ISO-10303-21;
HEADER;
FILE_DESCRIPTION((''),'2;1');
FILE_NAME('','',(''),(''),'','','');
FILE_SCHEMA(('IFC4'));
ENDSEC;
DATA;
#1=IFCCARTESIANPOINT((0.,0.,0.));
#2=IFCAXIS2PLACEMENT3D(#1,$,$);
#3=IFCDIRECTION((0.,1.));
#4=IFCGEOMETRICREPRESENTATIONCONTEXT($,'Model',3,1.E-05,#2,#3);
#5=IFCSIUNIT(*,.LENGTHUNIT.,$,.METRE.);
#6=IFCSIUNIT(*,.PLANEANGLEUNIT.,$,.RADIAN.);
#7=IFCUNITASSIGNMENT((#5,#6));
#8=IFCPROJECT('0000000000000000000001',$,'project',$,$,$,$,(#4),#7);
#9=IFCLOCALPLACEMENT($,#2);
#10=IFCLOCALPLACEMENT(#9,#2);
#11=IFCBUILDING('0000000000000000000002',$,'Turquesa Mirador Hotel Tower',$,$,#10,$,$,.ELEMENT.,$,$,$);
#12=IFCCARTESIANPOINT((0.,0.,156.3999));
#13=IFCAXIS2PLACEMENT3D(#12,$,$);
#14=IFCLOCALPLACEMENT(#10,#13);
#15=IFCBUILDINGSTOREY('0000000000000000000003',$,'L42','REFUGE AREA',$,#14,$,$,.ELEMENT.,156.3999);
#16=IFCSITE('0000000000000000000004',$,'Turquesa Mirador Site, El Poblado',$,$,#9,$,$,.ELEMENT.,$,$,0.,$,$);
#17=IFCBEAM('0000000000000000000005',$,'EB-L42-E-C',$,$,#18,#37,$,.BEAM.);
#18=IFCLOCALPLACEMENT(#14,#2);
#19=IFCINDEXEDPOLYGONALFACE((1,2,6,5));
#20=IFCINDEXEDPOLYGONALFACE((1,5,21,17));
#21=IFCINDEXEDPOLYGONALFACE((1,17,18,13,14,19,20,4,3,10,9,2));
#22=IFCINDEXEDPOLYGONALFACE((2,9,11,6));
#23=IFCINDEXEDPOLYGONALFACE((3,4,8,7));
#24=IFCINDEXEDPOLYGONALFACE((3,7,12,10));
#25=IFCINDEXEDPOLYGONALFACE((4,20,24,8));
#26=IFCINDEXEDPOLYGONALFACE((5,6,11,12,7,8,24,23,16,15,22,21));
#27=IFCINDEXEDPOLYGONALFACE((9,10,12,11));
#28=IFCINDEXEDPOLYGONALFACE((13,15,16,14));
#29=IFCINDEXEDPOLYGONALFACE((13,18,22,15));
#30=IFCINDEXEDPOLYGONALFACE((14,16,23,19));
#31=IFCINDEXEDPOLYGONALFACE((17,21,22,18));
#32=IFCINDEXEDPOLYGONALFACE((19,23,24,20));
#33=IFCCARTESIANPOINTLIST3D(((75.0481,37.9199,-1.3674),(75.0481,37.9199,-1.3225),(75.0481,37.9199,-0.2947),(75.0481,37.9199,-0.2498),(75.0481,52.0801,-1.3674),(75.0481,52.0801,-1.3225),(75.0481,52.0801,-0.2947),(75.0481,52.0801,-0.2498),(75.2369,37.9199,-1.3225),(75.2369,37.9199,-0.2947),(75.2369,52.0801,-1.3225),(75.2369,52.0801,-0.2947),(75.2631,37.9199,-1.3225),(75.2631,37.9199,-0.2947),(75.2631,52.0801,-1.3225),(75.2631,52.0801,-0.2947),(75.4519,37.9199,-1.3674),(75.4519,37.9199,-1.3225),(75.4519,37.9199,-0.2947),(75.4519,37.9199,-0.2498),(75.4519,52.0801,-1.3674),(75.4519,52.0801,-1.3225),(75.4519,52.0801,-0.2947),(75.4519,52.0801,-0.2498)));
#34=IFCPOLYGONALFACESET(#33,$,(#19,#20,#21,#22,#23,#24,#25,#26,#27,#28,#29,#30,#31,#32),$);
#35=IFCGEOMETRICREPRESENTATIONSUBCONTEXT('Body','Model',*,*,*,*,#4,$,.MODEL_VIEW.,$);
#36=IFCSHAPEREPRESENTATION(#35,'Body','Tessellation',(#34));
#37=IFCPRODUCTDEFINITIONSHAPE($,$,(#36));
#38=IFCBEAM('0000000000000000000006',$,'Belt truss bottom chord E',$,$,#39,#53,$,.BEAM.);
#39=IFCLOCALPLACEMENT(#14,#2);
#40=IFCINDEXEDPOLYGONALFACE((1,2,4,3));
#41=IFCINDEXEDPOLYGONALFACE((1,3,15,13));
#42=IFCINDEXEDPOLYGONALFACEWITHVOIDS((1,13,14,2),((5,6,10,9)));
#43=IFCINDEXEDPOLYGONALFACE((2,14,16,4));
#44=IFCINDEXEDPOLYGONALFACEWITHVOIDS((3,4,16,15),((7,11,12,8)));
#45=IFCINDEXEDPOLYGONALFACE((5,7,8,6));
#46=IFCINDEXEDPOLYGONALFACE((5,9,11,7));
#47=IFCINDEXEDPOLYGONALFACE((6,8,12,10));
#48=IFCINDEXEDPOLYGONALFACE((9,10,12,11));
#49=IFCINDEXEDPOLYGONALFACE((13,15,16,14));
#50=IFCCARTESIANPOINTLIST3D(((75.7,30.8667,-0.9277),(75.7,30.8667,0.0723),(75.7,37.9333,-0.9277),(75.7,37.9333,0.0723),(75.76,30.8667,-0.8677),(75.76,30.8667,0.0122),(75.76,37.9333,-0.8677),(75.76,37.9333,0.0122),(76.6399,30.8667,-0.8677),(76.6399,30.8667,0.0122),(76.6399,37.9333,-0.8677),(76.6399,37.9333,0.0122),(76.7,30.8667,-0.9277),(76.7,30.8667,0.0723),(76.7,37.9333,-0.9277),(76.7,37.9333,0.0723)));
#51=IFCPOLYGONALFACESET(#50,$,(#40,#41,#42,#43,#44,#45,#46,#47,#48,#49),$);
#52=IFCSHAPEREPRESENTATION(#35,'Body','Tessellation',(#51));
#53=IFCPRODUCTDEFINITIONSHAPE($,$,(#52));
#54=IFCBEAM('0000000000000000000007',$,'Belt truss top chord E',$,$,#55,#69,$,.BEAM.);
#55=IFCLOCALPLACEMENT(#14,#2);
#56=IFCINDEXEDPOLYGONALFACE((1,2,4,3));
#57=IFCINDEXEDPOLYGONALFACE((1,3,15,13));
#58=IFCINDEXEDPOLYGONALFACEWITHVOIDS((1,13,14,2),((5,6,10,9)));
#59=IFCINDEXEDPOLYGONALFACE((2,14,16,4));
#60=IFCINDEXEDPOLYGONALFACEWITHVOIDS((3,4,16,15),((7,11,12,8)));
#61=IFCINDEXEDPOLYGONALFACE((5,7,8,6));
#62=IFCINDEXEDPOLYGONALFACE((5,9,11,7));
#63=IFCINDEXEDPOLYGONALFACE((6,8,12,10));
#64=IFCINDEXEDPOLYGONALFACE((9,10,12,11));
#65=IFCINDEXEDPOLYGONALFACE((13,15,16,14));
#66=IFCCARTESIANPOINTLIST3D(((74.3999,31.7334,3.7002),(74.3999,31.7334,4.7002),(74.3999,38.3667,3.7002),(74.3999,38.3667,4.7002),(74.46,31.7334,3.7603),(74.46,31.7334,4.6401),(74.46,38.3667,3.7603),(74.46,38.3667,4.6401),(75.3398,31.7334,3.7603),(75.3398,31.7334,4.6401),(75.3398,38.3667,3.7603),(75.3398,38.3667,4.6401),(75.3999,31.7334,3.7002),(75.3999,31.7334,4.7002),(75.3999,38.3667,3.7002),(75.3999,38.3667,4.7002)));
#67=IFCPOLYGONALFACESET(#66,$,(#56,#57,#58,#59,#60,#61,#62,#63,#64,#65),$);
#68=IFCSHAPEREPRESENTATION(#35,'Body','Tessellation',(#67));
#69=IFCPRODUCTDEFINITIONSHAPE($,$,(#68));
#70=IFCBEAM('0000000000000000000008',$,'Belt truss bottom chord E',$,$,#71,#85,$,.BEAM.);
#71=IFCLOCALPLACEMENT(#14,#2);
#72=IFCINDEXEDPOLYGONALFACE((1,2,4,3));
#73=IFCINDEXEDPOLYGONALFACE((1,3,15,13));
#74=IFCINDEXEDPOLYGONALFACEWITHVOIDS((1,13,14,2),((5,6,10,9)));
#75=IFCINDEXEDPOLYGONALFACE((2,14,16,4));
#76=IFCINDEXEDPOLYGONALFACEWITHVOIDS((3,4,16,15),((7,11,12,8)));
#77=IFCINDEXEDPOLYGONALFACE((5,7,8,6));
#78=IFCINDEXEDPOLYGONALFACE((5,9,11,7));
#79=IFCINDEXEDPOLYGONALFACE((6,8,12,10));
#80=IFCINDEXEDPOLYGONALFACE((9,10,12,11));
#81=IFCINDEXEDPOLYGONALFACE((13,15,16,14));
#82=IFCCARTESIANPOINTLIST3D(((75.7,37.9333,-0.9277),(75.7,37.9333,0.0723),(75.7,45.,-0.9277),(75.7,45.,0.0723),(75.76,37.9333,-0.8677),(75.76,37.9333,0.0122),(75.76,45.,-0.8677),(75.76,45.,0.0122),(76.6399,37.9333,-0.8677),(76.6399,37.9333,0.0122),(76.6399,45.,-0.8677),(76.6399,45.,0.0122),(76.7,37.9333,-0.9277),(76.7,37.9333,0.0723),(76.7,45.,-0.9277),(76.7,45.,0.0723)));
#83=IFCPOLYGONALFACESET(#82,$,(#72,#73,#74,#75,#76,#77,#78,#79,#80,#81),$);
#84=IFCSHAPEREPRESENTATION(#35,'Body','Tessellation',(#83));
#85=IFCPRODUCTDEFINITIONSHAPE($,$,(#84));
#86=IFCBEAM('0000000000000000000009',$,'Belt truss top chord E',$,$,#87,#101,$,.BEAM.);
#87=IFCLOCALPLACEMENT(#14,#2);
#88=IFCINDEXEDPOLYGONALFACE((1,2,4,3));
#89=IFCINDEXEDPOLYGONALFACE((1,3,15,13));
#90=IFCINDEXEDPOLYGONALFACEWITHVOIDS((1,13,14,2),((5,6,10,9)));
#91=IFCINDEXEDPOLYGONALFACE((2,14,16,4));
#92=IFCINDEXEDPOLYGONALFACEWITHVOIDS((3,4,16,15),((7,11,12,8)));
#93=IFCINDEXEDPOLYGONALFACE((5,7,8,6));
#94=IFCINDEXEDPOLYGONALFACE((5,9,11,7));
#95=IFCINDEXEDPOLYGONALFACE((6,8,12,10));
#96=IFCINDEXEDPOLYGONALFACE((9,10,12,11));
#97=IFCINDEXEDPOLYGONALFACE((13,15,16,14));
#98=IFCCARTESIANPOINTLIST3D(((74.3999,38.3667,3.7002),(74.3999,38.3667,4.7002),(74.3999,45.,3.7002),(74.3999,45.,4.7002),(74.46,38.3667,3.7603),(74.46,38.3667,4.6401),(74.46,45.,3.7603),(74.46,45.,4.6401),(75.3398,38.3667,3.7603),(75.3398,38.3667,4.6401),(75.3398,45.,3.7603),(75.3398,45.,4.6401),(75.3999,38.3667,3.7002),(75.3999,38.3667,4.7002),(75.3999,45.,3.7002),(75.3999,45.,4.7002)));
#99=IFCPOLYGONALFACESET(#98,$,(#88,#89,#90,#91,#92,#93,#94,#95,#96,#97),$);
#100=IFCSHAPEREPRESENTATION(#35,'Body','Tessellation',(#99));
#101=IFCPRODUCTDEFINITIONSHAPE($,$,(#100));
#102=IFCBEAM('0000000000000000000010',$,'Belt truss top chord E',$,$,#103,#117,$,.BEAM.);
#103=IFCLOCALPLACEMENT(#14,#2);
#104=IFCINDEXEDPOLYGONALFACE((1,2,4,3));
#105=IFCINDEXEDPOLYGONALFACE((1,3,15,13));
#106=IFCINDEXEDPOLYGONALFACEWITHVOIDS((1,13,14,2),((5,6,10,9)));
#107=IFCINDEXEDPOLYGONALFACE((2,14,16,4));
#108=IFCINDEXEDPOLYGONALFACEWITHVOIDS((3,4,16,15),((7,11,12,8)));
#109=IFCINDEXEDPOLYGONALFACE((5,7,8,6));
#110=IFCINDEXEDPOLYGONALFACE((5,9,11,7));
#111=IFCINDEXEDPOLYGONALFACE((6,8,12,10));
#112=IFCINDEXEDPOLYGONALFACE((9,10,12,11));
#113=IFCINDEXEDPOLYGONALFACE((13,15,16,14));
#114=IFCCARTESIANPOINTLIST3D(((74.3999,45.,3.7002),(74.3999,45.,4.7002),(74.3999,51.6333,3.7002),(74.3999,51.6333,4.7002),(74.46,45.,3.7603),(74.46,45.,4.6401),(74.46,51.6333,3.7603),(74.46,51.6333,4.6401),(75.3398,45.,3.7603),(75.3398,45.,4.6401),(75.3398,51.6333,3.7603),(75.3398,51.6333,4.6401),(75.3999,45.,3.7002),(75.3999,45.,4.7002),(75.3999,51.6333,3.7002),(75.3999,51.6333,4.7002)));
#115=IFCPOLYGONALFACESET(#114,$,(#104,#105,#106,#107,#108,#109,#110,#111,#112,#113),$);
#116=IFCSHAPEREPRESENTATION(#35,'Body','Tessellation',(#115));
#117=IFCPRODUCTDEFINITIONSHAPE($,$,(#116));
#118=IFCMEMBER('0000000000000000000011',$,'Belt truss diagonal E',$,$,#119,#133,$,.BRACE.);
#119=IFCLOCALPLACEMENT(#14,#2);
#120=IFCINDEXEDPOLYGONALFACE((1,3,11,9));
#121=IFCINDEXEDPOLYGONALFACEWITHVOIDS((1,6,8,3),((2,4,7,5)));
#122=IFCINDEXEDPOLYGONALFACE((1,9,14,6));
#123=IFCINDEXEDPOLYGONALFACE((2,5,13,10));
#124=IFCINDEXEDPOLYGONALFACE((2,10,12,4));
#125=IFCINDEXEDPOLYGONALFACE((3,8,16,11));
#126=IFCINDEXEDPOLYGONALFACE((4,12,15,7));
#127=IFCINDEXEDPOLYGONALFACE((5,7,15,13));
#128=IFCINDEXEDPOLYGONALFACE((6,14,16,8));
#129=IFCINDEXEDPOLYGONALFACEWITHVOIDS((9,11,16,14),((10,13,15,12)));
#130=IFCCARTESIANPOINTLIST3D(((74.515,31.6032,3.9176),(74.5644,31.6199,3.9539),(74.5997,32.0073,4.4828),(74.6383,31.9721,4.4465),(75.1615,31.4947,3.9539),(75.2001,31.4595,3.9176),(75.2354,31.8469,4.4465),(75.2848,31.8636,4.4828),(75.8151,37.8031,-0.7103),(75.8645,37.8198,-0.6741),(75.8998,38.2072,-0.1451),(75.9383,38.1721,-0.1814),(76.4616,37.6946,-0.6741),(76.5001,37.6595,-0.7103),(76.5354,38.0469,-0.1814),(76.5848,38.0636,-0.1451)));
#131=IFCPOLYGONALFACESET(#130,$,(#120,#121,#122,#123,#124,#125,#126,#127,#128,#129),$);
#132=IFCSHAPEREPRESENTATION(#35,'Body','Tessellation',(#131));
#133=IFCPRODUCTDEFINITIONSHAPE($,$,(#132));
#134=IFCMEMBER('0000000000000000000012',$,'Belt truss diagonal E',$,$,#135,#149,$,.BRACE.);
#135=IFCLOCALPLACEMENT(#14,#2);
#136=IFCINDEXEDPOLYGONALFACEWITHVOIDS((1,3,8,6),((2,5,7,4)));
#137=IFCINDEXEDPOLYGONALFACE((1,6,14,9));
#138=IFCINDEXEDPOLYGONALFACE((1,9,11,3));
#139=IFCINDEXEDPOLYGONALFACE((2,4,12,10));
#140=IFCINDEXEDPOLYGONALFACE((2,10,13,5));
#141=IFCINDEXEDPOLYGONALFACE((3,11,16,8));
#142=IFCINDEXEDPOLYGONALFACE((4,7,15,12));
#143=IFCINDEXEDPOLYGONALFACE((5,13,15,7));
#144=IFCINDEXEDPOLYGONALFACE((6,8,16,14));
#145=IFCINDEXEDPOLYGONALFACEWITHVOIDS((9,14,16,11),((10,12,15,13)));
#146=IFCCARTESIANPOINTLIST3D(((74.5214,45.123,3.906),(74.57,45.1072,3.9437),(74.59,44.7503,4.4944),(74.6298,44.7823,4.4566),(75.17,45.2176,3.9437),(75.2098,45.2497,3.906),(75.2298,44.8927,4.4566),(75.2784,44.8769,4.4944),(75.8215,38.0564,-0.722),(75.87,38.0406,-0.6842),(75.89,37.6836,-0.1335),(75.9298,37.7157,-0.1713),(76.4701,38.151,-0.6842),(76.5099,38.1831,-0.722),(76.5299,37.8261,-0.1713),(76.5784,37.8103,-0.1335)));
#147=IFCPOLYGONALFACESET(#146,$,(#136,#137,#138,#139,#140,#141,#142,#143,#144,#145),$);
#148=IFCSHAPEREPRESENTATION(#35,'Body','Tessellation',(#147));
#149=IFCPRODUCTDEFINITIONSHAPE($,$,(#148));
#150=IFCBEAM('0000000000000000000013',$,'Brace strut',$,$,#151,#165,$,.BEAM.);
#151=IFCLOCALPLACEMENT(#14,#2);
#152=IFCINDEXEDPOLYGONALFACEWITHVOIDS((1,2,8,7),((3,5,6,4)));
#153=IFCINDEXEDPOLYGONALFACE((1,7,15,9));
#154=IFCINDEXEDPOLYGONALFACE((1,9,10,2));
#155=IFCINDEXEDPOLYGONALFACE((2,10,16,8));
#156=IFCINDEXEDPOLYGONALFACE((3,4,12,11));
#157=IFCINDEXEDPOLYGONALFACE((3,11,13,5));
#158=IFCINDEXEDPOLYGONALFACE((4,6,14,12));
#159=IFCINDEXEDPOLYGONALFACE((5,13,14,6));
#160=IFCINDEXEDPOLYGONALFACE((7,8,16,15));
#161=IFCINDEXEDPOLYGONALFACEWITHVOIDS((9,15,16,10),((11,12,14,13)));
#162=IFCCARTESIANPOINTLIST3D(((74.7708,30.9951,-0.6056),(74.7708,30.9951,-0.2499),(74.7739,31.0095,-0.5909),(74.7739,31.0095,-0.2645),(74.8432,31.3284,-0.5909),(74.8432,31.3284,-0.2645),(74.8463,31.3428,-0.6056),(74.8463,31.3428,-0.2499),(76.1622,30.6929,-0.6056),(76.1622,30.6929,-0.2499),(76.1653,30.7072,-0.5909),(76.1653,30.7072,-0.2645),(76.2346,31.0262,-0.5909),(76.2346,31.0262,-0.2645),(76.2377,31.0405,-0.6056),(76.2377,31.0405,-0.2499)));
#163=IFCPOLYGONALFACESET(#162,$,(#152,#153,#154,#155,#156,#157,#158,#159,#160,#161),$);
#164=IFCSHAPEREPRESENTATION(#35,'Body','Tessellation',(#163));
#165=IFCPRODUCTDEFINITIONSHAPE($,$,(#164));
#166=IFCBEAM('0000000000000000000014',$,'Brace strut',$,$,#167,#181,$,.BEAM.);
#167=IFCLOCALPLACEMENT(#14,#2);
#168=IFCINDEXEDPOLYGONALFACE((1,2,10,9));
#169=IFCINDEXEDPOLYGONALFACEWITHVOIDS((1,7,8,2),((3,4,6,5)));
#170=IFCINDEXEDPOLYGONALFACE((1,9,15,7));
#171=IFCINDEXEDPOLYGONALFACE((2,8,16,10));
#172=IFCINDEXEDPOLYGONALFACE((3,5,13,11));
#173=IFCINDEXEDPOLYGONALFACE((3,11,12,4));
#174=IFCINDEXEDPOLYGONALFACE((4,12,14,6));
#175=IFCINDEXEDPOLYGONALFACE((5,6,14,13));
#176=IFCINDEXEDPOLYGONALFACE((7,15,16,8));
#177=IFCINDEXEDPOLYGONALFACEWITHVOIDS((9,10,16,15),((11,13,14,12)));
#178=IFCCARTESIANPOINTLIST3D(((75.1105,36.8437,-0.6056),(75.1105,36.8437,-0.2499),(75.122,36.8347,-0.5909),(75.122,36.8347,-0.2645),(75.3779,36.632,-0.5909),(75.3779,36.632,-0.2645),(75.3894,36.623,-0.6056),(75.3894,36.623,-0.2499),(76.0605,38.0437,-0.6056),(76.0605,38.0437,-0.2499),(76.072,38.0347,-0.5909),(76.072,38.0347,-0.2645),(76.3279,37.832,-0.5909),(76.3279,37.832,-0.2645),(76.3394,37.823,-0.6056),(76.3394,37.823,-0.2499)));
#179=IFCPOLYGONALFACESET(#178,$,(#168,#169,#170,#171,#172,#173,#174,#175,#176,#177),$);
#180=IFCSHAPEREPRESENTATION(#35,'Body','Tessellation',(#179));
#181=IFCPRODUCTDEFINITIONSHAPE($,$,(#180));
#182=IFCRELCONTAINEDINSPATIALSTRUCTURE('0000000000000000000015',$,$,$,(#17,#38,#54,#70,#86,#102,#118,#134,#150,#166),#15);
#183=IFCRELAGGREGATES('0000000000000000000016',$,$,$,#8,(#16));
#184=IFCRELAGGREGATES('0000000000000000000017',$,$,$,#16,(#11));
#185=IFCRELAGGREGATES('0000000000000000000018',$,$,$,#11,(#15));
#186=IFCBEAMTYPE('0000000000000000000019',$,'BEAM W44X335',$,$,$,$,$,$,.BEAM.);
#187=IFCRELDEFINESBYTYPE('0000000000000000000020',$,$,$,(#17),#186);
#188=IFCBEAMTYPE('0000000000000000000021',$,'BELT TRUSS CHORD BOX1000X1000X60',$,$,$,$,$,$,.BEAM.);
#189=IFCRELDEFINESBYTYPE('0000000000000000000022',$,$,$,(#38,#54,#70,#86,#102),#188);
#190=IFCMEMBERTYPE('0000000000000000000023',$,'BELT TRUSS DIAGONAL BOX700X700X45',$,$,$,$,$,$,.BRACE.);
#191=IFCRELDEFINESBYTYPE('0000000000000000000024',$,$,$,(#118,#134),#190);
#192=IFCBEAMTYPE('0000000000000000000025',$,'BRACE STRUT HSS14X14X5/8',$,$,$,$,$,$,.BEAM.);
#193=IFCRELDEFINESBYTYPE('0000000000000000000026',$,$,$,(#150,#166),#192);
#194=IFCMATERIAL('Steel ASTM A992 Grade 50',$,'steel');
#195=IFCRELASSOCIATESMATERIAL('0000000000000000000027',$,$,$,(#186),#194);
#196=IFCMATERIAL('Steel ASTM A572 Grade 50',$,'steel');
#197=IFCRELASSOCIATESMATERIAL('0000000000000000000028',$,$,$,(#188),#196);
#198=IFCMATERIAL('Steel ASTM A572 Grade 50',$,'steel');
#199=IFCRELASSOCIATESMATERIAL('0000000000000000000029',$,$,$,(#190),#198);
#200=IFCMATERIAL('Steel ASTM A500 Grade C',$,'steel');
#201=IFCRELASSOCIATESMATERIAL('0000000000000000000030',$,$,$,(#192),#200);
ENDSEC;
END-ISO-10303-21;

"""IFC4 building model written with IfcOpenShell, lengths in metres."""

from ifc_helpers import new_model, si_unit, direction, frame, origin, origin_2d, place, context, subcontext, project, spatial, hollow_rectangle, i_section, extrude, material, material_profile, profile_set, type_object, element, save


model = new_model("IFC4")

# Units and contexts
model_context = context("Model", 3, precision=1e-05, world=origin(), true_north=direction((0.0, 1.0)))
body_context = subcontext(model_context, "Body", "Model", "MODEL_VIEW")
ifc_project = project(units=[si_unit("LENGTHUNIT", "METRE"), si_unit("PLANEANGLEUNIT", "RADIAN")], contexts=[model_context])

# Site, building, storey
site_placement = place(None, origin())
site = spatial("IfcSite", under=ifc_project, at=site_placement, Name="Turquesa Mirador Site, El Poblado", CompositionType="ELEMENT", RefElevation=0.0)
building_placement = place(site_placement, origin())
building = spatial("IfcBuilding", under=site, at=building_placement, Name="Turquesa Mirador Hotel Tower", CompositionType="ELEMENT")
storey_placement = place(building_placement, frame((0.0, 0.0, 156.3999)))
storey = spatial("IfcBuildingStorey", under=building, at=storey_placement, Name="L42", Description="REFUGE AREA", CompositionType="ELEMENT", Elevation=156.3999)

# Beams
ifc_material_1 = material(Name="Steel ASTM A992 Grade 50", Category="steel")
ifc_material_profile_1 = material_profile(ifc_material_1, i_section(OverallWidth=0.4038, OverallDepth=1.1177, WebThickness=0.0261, FlangeThickness=0.0449, at=origin_2d()), Name="W44X335")
ifc_profile_set_1 = profile_set([ifc_material_profile_1], Name="Steel ASTM A992 Grade 50")
beam_type_1 = type_object("IfcBeamType", Name="BEAM W44X335", PredefinedType="BEAM", material=ifc_profile_set_1)
beam_1_placement = place(storey_placement, frame((75.25, 37.9199, -0.8086), z_axis=(0.0, 1.0, 0.0), x_axis=(-1.0, 0.0, 0.0)))
element("IfcBeam", 1, at=beam_1_placement, inside=storey, type_object=beam_type_1, Name="EB-L42-E-C", PredefinedType="BEAM", context=body_context, shape_type="SweptSolid", body=[
    extrude(i_section(OverallWidth=0.4038, OverallDepth=1.1177, WebThickness=0.0261, FlangeThickness=0.0449, at=origin_2d()), origin(), (0.0, 0.0, 1.0), 14.1602),
])
ifc_material_2 = material(Name="Steel ASTM A572 Grade 50", Category="steel")
ifc_material_profile_2 = material_profile(ifc_material_2, hollow_rectangle(XDim=1.0, YDim=1.0, WallThickness=0.0601, at=origin_2d()), Name="BOX1000X1000X60")
ifc_profile_set_2 = profile_set([ifc_material_profile_2], Name="Steel ASTM A572 Grade 50")
beam_type_2 = type_object("IfcBeamType", Name="BELT TRUSS CHORD BOX1000X1000X60", PredefinedType="BEAM", material=ifc_profile_set_2)
beam_2_placement = place(storey_placement, frame((76.2, 30.8667, -0.4277), z_axis=(0.0, 1.0, 0.0), x_axis=(-1.0, 0.0, 0.0)))
element("IfcBeam", 2, at=beam_2_placement, inside=storey, type_object=beam_type_2, Name="Belt truss bottom chord E", PredefinedType="BEAM", context=body_context, shape_type="SweptSolid", body=[
    extrude(hollow_rectangle(XDim=1.0, YDim=1.0, WallThickness=0.0601, at=origin_2d()), origin(), (0.0, 0.0, 1.0), 7.0667),
])
beam_3_placement = place(storey_placement, frame((74.8999, 31.7334, 4.2002), z_axis=(0.0, 1.0, 0.0), x_axis=(-1.0, 0.0, 0.0)))
element("IfcBeam", 3, at=beam_3_placement, inside=storey, type_object=beam_type_2, Name="Belt truss top chord E", PredefinedType="BEAM", context=body_context, shape_type="SweptSolid", body=[
    extrude(hollow_rectangle(XDim=1.0, YDim=1.0, WallThickness=0.0601, at=origin_2d()), origin(), (0.0, 0.0, 1.0), 6.6333),
])
beam_4_placement = place(storey_placement, frame((76.2, 37.9333, -0.4277), z_axis=(0.0, 1.0, 0.0), x_axis=(-1.0, 0.0, 0.0)))
element("IfcBeam", 4, at=beam_4_placement, inside=storey, type_object=beam_type_2, Name="Belt truss bottom chord E", PredefinedType="BEAM", context=body_context, shape_type="SweptSolid", body=[
    extrude(hollow_rectangle(XDim=1.0, YDim=1.0, WallThickness=0.0601, at=origin_2d()), origin(), (0.0, 0.0, 1.0), 7.0667),
])
for number, where, z_axis, x_axis, name in (
    (5, (74.8999, 38.3667, 4.2002), (0.0, 1.0, 0.0), (-1.0, 0.0, 0.0), "Belt truss top chord E"),
    (6, (74.8999, 45.0, 4.2002), (0.0, 1.0, 0.0), (-1.0, 0.0, 0.0), "Belt truss top chord E"),
):
    element("IfcBeam", number, at=place(storey_placement, frame(where, z_axis=z_axis, x_axis=x_axis)), inside=storey, type_object=beam_type_2, Name=name, PredefinedType="BEAM", context=body_context, shape_type="SweptSolid", body=[
        extrude(hollow_rectangle(XDim=1.0, YDim=1.0, WallThickness=0.0601, at=origin_2d()), origin(), (0.0, 0.0, 1.0), 6.6333),
    ])

# Members
ifc_material_3 = material(Name="Steel ASTM A572 Grade 50", Category="steel")
ifc_material_profile_3 = material_profile(ifc_material_3, hollow_rectangle(XDim=0.7, YDim=0.7, WallThickness=0.0449, at=origin_2d()), Name="BOX700X700X45")
ifc_profile_set_3 = profile_set([ifc_material_profile_3], Name="Steel ASTM A572 Grade 50")
member_type = type_object("IfcMemberType", Name="BELT TRUSS DIAGONAL BOX700X700X45", PredefinedType="BRACE", material=ifc_profile_set_3)
member_1_placement = place(storey_placement, frame((74.8999, 31.7334, 4.2002), z_axis=(0.165713, 0.790285, -0.589905), x_axis=(-0.978715, 0.205224, 0.0)))
element("IfcMember", 7, at=member_1_placement, inside=storey, type_object=member_type, Name="Belt truss diagonal E", PredefinedType="BRACE", context=body_context, shape_type="SweptSolid", body=[
    extrude(hollow_rectangle(XDim=0.7, YDim=0.7, WallThickness=0.0449, at=origin_2d()), origin(), (0.0, 0.0, 1.0), 7.8452),
])
member_2_placement = place(storey_placement, frame((76.2, 37.9333, -0.4277), z_axis=(-0.152112, 0.826832, 0.54149), x_axis=(-0.983495, -0.180933, 0.0)))
element("IfcMember", 8, at=member_2_placement, inside=storey, type_object=member_type, Name="Belt truss diagonal E", PredefinedType="BRACE", context=body_context, shape_type="SweptSolid", body=[
    extrude(hollow_rectangle(XDim=0.7, YDim=0.7, WallThickness=0.0449, at=origin_2d()), origin(), (0.0, 0.0, 1.0), 8.5466),
])

# Beams
ifc_material_4 = material(Name="Steel ASTM A500 Grade C", Category="steel")
ifc_material_profile_4 = material_profile(ifc_material_4, hollow_rectangle(XDim=0.3557, YDim=0.3557, WallThickness=0.0146, at=origin_2d()), Name="HSS14X14X5/8")
ifc_profile_set_4 = profile_set([ifc_material_profile_4], Name="Steel ASTM A500 Grade C")
beam_type_3 = type_object("IfcBeamType", Name="BRACE STRUT HSS14X14X5/8", PredefinedType="BEAM", material=ifc_profile_set_4)
beam_5_placement = place(storey_placement, frame((76.2, 30.8667, -0.4277), z_axis=(-0.977209, 0.21228, 0.0), x_axis=(-0.21228, -0.977209, 0.0)))
element("IfcBeam", 9, at=beam_5_placement, inside=storey, type_object=beam_type_3, Name="Brace strut", PredefinedType="BEAM", context=body_context, shape_type="SweptSolid", body=[
    extrude(hollow_rectangle(XDim=0.3557, YDim=0.3557, WallThickness=0.0146, at=origin_2d()), origin(), (0.0, 0.0, 1.0), 1.4238),
])
for number, where, z_axis, x_axis, name in (
    (10, (76.2, 37.9333, -0.4277), (-0.620699, -0.784049, 0.0), (0.784049, -0.620699, 0.0), "Brace strut"),
):
    element("IfcBeam", number, at=place(storey_placement, frame(where, z_axis=z_axis, x_axis=x_axis)), inside=storey, type_object=beam_type_3, Name=name, PredefinedType="BEAM", context=body_context, shape_type="SweptSolid", body=[
        extrude(hollow_rectangle(XDim=0.3557, YDim=0.3557, WallThickness=0.0146, at=origin_2d()), origin(), (0.0, 0.0, 1.0), 1.5305),
    ])

save(model, "model.ifc")
